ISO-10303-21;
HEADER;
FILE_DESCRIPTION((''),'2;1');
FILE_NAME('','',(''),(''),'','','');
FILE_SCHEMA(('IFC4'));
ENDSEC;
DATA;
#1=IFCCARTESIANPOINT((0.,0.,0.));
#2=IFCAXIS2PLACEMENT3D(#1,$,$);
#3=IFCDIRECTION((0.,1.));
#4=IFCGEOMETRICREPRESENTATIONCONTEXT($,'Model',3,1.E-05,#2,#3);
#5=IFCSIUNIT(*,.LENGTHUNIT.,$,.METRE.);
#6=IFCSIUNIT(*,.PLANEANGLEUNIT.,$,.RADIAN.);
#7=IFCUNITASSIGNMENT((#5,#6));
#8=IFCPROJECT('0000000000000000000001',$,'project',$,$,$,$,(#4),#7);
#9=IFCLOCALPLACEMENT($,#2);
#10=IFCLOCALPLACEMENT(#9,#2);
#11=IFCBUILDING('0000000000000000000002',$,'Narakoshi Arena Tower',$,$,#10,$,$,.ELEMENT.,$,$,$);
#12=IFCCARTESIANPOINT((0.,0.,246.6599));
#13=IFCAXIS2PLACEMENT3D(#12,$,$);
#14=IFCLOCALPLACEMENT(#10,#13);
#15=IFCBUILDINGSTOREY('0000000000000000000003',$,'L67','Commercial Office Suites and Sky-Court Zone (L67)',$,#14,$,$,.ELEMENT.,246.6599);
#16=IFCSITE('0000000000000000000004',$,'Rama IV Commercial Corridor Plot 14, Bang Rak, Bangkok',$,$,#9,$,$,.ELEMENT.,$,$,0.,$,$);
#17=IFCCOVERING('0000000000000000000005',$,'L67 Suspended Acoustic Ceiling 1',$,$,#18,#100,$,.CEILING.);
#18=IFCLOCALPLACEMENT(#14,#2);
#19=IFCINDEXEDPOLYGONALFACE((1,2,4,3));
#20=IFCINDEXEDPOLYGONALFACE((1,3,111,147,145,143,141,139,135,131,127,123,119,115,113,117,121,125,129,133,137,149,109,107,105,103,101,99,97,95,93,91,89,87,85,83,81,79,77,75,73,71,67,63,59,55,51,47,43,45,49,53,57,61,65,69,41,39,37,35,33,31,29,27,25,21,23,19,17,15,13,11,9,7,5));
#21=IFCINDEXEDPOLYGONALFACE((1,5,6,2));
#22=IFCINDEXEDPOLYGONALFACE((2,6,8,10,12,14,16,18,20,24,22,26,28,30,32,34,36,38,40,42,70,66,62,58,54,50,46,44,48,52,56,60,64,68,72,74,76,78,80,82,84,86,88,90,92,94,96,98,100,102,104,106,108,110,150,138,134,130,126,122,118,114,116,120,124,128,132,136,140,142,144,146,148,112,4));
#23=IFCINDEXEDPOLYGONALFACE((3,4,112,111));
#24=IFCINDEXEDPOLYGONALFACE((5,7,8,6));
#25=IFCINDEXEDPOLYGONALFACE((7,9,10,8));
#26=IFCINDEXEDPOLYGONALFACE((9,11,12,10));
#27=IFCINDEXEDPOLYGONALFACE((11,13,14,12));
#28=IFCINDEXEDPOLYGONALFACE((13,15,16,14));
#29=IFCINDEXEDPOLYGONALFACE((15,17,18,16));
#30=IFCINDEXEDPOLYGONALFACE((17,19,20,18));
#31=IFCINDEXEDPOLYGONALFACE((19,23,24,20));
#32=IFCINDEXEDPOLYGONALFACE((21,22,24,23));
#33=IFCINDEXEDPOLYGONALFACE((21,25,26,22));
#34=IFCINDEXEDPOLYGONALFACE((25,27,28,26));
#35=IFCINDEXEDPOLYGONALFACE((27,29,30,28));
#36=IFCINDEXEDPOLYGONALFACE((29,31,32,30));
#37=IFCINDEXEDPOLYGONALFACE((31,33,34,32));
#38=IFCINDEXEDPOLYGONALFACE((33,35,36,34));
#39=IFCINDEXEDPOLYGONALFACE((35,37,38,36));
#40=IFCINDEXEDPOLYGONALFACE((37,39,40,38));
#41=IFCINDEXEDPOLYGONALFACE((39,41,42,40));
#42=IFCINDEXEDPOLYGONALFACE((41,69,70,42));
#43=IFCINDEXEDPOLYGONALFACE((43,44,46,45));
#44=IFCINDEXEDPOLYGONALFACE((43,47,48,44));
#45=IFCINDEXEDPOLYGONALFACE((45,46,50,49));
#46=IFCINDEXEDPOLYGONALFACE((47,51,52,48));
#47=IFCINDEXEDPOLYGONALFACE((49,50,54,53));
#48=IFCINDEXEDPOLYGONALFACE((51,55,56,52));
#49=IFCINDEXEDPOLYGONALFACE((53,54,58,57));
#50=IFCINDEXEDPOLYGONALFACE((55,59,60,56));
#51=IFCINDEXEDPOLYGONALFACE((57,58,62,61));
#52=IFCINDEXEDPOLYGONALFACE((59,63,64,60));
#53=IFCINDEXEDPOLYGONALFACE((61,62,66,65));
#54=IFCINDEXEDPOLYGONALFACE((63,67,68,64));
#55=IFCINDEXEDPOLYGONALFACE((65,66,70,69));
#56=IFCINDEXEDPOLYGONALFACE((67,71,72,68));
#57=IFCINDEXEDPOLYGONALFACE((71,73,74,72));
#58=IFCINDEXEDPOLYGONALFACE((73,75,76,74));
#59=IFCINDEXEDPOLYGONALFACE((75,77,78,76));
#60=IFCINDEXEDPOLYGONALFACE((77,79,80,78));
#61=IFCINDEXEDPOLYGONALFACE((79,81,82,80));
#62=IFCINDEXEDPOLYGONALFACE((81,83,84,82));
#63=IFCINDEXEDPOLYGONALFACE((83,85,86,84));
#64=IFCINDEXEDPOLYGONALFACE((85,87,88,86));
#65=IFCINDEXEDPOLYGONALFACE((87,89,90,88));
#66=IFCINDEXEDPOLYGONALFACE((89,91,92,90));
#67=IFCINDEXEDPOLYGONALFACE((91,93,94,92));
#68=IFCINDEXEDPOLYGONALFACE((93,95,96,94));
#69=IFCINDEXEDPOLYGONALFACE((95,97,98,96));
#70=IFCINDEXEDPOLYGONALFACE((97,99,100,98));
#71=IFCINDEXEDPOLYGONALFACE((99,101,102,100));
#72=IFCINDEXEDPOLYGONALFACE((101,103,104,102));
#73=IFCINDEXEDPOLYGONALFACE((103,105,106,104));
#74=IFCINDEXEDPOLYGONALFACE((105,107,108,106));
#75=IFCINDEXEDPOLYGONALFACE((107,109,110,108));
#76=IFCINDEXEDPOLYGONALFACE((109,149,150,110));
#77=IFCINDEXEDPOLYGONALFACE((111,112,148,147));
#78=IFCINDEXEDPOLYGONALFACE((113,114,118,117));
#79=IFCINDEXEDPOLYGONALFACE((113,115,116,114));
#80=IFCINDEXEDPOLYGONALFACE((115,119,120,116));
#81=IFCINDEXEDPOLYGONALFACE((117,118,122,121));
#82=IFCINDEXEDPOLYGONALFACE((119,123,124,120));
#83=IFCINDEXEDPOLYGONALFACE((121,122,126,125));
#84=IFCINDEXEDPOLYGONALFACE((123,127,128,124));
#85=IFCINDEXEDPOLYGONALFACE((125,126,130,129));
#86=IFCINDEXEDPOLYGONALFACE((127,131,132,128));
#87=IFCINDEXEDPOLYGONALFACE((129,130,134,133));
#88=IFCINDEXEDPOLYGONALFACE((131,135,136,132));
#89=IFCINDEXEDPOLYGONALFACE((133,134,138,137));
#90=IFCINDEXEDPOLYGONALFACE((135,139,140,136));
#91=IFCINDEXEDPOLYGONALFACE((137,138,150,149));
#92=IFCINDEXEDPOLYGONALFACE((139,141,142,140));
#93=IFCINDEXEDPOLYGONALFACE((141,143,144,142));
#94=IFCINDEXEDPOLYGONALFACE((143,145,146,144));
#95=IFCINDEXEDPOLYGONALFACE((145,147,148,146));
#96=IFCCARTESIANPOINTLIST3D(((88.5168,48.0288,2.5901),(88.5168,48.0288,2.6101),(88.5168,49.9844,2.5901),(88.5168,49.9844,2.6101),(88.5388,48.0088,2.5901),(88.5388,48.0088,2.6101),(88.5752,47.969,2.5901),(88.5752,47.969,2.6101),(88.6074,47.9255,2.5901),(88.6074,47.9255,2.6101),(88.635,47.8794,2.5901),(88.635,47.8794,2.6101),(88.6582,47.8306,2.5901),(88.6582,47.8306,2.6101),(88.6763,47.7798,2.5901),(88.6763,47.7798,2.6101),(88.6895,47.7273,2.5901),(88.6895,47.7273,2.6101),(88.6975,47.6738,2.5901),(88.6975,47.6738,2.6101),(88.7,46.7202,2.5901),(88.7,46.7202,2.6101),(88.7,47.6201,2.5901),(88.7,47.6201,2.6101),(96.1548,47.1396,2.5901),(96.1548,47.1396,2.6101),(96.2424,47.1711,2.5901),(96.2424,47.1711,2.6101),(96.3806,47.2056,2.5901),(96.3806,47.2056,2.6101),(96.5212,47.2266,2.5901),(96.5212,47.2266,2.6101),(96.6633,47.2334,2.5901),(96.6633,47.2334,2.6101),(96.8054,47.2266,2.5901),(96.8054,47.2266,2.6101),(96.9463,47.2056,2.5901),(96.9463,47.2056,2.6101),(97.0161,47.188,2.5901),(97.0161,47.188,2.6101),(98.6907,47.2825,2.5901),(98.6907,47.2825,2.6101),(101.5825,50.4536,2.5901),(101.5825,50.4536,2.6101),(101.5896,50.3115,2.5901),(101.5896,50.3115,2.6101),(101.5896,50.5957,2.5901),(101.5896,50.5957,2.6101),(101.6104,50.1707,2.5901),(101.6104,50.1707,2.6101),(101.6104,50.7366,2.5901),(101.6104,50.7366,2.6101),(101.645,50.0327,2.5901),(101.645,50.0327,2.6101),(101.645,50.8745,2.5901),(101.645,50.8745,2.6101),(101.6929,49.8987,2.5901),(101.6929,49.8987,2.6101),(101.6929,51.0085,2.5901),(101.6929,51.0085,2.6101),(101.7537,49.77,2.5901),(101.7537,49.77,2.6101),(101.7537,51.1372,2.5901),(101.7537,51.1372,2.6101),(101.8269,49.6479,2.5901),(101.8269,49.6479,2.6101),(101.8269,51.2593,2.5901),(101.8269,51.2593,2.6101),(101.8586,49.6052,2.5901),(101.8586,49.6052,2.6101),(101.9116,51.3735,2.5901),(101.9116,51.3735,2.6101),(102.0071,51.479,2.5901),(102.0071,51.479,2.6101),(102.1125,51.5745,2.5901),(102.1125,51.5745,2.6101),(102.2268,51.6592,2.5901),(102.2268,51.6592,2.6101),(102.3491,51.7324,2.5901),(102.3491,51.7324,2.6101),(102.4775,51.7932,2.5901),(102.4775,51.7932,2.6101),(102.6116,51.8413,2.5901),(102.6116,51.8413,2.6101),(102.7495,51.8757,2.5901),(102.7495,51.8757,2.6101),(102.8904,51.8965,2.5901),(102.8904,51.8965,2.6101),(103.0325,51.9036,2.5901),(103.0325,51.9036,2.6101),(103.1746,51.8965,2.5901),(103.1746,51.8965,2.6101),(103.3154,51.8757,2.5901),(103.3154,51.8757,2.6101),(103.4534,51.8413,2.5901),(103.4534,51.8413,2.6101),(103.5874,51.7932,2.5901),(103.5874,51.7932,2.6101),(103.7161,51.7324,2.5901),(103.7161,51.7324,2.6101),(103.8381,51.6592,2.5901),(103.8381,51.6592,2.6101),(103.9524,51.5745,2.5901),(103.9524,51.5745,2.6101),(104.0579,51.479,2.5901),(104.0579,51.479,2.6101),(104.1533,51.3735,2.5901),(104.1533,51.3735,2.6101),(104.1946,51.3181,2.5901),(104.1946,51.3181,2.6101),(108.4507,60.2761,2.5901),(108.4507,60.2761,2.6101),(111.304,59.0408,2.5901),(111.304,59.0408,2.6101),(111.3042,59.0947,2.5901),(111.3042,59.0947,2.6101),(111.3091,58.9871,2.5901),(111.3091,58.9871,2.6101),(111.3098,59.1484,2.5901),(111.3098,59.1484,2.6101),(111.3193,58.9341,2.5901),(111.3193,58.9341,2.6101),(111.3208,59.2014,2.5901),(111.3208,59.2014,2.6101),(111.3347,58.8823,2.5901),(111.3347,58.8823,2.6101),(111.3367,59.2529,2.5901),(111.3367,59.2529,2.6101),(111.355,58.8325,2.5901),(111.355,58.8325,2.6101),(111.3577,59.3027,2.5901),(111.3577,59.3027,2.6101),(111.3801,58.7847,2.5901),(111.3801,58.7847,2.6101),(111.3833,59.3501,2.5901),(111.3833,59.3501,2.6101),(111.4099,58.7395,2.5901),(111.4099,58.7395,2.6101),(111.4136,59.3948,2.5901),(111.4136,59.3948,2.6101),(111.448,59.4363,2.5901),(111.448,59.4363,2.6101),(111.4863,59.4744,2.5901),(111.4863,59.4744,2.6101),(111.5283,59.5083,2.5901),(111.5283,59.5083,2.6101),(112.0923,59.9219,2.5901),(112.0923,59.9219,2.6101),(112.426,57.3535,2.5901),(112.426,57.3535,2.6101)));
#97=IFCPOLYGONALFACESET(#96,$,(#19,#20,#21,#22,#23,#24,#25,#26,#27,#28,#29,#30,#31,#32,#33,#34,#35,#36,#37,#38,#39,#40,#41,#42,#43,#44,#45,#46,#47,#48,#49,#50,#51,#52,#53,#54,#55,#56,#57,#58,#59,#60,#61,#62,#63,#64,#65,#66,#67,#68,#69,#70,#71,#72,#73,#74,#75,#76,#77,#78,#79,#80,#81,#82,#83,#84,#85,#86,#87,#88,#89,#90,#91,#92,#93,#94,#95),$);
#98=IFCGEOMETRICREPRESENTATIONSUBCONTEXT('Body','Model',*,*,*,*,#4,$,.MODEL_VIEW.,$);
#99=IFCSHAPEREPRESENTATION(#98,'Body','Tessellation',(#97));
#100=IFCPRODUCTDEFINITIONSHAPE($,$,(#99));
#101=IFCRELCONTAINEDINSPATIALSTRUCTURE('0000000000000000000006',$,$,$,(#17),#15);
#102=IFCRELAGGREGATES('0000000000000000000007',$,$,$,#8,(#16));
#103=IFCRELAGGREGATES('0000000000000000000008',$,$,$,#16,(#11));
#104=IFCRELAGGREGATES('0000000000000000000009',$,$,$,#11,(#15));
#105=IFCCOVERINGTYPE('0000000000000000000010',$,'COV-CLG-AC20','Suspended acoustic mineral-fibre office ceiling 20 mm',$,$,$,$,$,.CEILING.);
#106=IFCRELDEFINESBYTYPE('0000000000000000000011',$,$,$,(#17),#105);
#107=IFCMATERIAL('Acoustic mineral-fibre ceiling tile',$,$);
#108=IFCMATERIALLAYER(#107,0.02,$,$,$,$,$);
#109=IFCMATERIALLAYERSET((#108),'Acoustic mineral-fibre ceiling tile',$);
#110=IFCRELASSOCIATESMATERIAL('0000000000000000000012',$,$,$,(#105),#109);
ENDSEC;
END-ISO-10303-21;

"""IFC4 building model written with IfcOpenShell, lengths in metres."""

from ifc_helpers import new_model, si_unit, direction, frame, origin, place, context, subcontext, project, spatial, polyline, outline, extrude, material, layer, layer_set, type_object, element, save


model = new_model("IFC4")

# Units and contexts
model_context = context("Model", 3, precision=1e-05, world=origin(), true_north=direction((0.0, 1.0)))
body_context = subcontext(model_context, "Body", "Model", "MODEL_VIEW")
ifc_project = project(units=[si_unit("LENGTHUNIT", "METRE"), si_unit("PLANEANGLEUNIT", "RADIAN")], contexts=[model_context])

# Site, building, storey
site_placement = place(None, origin())
site = spatial("IfcSite", under=ifc_project, at=site_placement, Name="Rama IV Commercial Corridor Plot 14, Bang Rak, Bangkok", CompositionType="ELEMENT", RefElevation=0.0)
building_placement = place(site_placement, origin())
building = spatial("IfcBuilding", under=site, at=building_placement, Name="Narakoshi Arena Tower", CompositionType="ELEMENT")
storey_placement = place(building_placement, frame((0.0, 0.0, 246.6599)))
storey = spatial("IfcBuildingStorey", under=building, at=storey_placement, Name="L67", Description="Commercial Office Suites and Sky-Court Zone (L67)", CompositionType="ELEMENT", Elevation=246.6599)

# Covering
ifc_material_1 = material(Name="Acoustic mineral-fibre ceiling tile")
ifc_layer_1 = layer(ifc_material_1, 0.02)
ifc_layer_set_1 = layer_set([ifc_layer_1], Name="Acoustic mineral-fibre ceiling tile")
covering_type_1 = type_object("IfcCoveringType", Name="COV-CLG-AC20", Description="Suspended acoustic mineral-fibre office ceiling 20 mm", PredefinedType="CEILING", material=ifc_layer_set_1)
covering_1_placement = place(storey_placement, frame((0.0, 0.0, 2.5901)))
element("IfcCovering", 1, at=covering_1_placement, inside=storey, type_object=covering_type_1, Name="L67 Suspended Acoustic Ceiling 1", PredefinedType="CEILING", context=body_context, shape_type="SweptSolid", body=[
    extrude(outline(polyline([(88.5168, 49.9844), (108.4507, 60.2761), (112.0923, 59.9219), (111.5283, 59.5083), (111.4863, 59.4744), (111.448, 59.4363), (111.4136, 59.3948), (111.3833, 59.3501), (111.3577, 59.3027), (111.3367, 59.2529), (111.3208, 59.2014), (111.3098, 59.1484), (111.3042, 59.0947), (111.304, 59.0408), (111.3091, 58.9871), (111.3193, 58.9341), (111.3347, 58.8823), (111.355, 58.8325), (111.3801, 58.7847), (111.4099, 58.7395), (112.426, 57.3535), (104.1946, 51.3181), (104.1533, 51.3735), (104.0579, 51.479), (103.9524, 51.5745), (103.8381, 51.6592), (103.7161, 51.7324), (103.5874, 51.7932), (103.4534, 51.8413), (103.3154, 51.8757), (103.1746, 51.8965), (103.0325, 51.9036), (102.8904, 51.8965), (102.7495, 51.8757), (102.6116, 51.8413), (102.4775, 51.7932), (102.3491, 51.7324), (102.2268, 51.6592), (102.1125, 51.5745), (102.0071, 51.479), (101.9116, 51.3735), (101.8269, 51.2593), (101.7537, 51.1372), (101.6929, 51.0085), (101.645, 50.8745), (101.6104, 50.7366), (101.5896, 50.5957), (101.5825, 50.4536), (101.5896, 50.3115), (101.6104, 50.1707), (101.645, 50.0327), (101.6929, 49.8987), (101.7537, 49.77), (101.8269, 49.6479), (101.8586, 49.6052), (98.6907, 47.2825), (97.0161, 47.188), (96.9463, 47.2056), (96.8054, 47.2266), (96.6633, 47.2334), (96.5212, 47.2266), (96.3806, 47.2056), (96.2424, 47.1711), (96.1548, 47.1396), (88.7, 46.7202), (88.7, 47.6201), (88.6975, 47.6738), (88.6895, 47.7273), (88.6763, 47.7798), (88.6582, 47.8306), (88.635, 47.8794), (88.6074, 47.9255), (88.5752, 47.969), (88.5388, 48.0088), (88.5168, 48.0288), (88.5168, 49.9844)])), origin(), (0.0, 0.0, 1.0), 0.02),
])

save(model, "model.ifc")
